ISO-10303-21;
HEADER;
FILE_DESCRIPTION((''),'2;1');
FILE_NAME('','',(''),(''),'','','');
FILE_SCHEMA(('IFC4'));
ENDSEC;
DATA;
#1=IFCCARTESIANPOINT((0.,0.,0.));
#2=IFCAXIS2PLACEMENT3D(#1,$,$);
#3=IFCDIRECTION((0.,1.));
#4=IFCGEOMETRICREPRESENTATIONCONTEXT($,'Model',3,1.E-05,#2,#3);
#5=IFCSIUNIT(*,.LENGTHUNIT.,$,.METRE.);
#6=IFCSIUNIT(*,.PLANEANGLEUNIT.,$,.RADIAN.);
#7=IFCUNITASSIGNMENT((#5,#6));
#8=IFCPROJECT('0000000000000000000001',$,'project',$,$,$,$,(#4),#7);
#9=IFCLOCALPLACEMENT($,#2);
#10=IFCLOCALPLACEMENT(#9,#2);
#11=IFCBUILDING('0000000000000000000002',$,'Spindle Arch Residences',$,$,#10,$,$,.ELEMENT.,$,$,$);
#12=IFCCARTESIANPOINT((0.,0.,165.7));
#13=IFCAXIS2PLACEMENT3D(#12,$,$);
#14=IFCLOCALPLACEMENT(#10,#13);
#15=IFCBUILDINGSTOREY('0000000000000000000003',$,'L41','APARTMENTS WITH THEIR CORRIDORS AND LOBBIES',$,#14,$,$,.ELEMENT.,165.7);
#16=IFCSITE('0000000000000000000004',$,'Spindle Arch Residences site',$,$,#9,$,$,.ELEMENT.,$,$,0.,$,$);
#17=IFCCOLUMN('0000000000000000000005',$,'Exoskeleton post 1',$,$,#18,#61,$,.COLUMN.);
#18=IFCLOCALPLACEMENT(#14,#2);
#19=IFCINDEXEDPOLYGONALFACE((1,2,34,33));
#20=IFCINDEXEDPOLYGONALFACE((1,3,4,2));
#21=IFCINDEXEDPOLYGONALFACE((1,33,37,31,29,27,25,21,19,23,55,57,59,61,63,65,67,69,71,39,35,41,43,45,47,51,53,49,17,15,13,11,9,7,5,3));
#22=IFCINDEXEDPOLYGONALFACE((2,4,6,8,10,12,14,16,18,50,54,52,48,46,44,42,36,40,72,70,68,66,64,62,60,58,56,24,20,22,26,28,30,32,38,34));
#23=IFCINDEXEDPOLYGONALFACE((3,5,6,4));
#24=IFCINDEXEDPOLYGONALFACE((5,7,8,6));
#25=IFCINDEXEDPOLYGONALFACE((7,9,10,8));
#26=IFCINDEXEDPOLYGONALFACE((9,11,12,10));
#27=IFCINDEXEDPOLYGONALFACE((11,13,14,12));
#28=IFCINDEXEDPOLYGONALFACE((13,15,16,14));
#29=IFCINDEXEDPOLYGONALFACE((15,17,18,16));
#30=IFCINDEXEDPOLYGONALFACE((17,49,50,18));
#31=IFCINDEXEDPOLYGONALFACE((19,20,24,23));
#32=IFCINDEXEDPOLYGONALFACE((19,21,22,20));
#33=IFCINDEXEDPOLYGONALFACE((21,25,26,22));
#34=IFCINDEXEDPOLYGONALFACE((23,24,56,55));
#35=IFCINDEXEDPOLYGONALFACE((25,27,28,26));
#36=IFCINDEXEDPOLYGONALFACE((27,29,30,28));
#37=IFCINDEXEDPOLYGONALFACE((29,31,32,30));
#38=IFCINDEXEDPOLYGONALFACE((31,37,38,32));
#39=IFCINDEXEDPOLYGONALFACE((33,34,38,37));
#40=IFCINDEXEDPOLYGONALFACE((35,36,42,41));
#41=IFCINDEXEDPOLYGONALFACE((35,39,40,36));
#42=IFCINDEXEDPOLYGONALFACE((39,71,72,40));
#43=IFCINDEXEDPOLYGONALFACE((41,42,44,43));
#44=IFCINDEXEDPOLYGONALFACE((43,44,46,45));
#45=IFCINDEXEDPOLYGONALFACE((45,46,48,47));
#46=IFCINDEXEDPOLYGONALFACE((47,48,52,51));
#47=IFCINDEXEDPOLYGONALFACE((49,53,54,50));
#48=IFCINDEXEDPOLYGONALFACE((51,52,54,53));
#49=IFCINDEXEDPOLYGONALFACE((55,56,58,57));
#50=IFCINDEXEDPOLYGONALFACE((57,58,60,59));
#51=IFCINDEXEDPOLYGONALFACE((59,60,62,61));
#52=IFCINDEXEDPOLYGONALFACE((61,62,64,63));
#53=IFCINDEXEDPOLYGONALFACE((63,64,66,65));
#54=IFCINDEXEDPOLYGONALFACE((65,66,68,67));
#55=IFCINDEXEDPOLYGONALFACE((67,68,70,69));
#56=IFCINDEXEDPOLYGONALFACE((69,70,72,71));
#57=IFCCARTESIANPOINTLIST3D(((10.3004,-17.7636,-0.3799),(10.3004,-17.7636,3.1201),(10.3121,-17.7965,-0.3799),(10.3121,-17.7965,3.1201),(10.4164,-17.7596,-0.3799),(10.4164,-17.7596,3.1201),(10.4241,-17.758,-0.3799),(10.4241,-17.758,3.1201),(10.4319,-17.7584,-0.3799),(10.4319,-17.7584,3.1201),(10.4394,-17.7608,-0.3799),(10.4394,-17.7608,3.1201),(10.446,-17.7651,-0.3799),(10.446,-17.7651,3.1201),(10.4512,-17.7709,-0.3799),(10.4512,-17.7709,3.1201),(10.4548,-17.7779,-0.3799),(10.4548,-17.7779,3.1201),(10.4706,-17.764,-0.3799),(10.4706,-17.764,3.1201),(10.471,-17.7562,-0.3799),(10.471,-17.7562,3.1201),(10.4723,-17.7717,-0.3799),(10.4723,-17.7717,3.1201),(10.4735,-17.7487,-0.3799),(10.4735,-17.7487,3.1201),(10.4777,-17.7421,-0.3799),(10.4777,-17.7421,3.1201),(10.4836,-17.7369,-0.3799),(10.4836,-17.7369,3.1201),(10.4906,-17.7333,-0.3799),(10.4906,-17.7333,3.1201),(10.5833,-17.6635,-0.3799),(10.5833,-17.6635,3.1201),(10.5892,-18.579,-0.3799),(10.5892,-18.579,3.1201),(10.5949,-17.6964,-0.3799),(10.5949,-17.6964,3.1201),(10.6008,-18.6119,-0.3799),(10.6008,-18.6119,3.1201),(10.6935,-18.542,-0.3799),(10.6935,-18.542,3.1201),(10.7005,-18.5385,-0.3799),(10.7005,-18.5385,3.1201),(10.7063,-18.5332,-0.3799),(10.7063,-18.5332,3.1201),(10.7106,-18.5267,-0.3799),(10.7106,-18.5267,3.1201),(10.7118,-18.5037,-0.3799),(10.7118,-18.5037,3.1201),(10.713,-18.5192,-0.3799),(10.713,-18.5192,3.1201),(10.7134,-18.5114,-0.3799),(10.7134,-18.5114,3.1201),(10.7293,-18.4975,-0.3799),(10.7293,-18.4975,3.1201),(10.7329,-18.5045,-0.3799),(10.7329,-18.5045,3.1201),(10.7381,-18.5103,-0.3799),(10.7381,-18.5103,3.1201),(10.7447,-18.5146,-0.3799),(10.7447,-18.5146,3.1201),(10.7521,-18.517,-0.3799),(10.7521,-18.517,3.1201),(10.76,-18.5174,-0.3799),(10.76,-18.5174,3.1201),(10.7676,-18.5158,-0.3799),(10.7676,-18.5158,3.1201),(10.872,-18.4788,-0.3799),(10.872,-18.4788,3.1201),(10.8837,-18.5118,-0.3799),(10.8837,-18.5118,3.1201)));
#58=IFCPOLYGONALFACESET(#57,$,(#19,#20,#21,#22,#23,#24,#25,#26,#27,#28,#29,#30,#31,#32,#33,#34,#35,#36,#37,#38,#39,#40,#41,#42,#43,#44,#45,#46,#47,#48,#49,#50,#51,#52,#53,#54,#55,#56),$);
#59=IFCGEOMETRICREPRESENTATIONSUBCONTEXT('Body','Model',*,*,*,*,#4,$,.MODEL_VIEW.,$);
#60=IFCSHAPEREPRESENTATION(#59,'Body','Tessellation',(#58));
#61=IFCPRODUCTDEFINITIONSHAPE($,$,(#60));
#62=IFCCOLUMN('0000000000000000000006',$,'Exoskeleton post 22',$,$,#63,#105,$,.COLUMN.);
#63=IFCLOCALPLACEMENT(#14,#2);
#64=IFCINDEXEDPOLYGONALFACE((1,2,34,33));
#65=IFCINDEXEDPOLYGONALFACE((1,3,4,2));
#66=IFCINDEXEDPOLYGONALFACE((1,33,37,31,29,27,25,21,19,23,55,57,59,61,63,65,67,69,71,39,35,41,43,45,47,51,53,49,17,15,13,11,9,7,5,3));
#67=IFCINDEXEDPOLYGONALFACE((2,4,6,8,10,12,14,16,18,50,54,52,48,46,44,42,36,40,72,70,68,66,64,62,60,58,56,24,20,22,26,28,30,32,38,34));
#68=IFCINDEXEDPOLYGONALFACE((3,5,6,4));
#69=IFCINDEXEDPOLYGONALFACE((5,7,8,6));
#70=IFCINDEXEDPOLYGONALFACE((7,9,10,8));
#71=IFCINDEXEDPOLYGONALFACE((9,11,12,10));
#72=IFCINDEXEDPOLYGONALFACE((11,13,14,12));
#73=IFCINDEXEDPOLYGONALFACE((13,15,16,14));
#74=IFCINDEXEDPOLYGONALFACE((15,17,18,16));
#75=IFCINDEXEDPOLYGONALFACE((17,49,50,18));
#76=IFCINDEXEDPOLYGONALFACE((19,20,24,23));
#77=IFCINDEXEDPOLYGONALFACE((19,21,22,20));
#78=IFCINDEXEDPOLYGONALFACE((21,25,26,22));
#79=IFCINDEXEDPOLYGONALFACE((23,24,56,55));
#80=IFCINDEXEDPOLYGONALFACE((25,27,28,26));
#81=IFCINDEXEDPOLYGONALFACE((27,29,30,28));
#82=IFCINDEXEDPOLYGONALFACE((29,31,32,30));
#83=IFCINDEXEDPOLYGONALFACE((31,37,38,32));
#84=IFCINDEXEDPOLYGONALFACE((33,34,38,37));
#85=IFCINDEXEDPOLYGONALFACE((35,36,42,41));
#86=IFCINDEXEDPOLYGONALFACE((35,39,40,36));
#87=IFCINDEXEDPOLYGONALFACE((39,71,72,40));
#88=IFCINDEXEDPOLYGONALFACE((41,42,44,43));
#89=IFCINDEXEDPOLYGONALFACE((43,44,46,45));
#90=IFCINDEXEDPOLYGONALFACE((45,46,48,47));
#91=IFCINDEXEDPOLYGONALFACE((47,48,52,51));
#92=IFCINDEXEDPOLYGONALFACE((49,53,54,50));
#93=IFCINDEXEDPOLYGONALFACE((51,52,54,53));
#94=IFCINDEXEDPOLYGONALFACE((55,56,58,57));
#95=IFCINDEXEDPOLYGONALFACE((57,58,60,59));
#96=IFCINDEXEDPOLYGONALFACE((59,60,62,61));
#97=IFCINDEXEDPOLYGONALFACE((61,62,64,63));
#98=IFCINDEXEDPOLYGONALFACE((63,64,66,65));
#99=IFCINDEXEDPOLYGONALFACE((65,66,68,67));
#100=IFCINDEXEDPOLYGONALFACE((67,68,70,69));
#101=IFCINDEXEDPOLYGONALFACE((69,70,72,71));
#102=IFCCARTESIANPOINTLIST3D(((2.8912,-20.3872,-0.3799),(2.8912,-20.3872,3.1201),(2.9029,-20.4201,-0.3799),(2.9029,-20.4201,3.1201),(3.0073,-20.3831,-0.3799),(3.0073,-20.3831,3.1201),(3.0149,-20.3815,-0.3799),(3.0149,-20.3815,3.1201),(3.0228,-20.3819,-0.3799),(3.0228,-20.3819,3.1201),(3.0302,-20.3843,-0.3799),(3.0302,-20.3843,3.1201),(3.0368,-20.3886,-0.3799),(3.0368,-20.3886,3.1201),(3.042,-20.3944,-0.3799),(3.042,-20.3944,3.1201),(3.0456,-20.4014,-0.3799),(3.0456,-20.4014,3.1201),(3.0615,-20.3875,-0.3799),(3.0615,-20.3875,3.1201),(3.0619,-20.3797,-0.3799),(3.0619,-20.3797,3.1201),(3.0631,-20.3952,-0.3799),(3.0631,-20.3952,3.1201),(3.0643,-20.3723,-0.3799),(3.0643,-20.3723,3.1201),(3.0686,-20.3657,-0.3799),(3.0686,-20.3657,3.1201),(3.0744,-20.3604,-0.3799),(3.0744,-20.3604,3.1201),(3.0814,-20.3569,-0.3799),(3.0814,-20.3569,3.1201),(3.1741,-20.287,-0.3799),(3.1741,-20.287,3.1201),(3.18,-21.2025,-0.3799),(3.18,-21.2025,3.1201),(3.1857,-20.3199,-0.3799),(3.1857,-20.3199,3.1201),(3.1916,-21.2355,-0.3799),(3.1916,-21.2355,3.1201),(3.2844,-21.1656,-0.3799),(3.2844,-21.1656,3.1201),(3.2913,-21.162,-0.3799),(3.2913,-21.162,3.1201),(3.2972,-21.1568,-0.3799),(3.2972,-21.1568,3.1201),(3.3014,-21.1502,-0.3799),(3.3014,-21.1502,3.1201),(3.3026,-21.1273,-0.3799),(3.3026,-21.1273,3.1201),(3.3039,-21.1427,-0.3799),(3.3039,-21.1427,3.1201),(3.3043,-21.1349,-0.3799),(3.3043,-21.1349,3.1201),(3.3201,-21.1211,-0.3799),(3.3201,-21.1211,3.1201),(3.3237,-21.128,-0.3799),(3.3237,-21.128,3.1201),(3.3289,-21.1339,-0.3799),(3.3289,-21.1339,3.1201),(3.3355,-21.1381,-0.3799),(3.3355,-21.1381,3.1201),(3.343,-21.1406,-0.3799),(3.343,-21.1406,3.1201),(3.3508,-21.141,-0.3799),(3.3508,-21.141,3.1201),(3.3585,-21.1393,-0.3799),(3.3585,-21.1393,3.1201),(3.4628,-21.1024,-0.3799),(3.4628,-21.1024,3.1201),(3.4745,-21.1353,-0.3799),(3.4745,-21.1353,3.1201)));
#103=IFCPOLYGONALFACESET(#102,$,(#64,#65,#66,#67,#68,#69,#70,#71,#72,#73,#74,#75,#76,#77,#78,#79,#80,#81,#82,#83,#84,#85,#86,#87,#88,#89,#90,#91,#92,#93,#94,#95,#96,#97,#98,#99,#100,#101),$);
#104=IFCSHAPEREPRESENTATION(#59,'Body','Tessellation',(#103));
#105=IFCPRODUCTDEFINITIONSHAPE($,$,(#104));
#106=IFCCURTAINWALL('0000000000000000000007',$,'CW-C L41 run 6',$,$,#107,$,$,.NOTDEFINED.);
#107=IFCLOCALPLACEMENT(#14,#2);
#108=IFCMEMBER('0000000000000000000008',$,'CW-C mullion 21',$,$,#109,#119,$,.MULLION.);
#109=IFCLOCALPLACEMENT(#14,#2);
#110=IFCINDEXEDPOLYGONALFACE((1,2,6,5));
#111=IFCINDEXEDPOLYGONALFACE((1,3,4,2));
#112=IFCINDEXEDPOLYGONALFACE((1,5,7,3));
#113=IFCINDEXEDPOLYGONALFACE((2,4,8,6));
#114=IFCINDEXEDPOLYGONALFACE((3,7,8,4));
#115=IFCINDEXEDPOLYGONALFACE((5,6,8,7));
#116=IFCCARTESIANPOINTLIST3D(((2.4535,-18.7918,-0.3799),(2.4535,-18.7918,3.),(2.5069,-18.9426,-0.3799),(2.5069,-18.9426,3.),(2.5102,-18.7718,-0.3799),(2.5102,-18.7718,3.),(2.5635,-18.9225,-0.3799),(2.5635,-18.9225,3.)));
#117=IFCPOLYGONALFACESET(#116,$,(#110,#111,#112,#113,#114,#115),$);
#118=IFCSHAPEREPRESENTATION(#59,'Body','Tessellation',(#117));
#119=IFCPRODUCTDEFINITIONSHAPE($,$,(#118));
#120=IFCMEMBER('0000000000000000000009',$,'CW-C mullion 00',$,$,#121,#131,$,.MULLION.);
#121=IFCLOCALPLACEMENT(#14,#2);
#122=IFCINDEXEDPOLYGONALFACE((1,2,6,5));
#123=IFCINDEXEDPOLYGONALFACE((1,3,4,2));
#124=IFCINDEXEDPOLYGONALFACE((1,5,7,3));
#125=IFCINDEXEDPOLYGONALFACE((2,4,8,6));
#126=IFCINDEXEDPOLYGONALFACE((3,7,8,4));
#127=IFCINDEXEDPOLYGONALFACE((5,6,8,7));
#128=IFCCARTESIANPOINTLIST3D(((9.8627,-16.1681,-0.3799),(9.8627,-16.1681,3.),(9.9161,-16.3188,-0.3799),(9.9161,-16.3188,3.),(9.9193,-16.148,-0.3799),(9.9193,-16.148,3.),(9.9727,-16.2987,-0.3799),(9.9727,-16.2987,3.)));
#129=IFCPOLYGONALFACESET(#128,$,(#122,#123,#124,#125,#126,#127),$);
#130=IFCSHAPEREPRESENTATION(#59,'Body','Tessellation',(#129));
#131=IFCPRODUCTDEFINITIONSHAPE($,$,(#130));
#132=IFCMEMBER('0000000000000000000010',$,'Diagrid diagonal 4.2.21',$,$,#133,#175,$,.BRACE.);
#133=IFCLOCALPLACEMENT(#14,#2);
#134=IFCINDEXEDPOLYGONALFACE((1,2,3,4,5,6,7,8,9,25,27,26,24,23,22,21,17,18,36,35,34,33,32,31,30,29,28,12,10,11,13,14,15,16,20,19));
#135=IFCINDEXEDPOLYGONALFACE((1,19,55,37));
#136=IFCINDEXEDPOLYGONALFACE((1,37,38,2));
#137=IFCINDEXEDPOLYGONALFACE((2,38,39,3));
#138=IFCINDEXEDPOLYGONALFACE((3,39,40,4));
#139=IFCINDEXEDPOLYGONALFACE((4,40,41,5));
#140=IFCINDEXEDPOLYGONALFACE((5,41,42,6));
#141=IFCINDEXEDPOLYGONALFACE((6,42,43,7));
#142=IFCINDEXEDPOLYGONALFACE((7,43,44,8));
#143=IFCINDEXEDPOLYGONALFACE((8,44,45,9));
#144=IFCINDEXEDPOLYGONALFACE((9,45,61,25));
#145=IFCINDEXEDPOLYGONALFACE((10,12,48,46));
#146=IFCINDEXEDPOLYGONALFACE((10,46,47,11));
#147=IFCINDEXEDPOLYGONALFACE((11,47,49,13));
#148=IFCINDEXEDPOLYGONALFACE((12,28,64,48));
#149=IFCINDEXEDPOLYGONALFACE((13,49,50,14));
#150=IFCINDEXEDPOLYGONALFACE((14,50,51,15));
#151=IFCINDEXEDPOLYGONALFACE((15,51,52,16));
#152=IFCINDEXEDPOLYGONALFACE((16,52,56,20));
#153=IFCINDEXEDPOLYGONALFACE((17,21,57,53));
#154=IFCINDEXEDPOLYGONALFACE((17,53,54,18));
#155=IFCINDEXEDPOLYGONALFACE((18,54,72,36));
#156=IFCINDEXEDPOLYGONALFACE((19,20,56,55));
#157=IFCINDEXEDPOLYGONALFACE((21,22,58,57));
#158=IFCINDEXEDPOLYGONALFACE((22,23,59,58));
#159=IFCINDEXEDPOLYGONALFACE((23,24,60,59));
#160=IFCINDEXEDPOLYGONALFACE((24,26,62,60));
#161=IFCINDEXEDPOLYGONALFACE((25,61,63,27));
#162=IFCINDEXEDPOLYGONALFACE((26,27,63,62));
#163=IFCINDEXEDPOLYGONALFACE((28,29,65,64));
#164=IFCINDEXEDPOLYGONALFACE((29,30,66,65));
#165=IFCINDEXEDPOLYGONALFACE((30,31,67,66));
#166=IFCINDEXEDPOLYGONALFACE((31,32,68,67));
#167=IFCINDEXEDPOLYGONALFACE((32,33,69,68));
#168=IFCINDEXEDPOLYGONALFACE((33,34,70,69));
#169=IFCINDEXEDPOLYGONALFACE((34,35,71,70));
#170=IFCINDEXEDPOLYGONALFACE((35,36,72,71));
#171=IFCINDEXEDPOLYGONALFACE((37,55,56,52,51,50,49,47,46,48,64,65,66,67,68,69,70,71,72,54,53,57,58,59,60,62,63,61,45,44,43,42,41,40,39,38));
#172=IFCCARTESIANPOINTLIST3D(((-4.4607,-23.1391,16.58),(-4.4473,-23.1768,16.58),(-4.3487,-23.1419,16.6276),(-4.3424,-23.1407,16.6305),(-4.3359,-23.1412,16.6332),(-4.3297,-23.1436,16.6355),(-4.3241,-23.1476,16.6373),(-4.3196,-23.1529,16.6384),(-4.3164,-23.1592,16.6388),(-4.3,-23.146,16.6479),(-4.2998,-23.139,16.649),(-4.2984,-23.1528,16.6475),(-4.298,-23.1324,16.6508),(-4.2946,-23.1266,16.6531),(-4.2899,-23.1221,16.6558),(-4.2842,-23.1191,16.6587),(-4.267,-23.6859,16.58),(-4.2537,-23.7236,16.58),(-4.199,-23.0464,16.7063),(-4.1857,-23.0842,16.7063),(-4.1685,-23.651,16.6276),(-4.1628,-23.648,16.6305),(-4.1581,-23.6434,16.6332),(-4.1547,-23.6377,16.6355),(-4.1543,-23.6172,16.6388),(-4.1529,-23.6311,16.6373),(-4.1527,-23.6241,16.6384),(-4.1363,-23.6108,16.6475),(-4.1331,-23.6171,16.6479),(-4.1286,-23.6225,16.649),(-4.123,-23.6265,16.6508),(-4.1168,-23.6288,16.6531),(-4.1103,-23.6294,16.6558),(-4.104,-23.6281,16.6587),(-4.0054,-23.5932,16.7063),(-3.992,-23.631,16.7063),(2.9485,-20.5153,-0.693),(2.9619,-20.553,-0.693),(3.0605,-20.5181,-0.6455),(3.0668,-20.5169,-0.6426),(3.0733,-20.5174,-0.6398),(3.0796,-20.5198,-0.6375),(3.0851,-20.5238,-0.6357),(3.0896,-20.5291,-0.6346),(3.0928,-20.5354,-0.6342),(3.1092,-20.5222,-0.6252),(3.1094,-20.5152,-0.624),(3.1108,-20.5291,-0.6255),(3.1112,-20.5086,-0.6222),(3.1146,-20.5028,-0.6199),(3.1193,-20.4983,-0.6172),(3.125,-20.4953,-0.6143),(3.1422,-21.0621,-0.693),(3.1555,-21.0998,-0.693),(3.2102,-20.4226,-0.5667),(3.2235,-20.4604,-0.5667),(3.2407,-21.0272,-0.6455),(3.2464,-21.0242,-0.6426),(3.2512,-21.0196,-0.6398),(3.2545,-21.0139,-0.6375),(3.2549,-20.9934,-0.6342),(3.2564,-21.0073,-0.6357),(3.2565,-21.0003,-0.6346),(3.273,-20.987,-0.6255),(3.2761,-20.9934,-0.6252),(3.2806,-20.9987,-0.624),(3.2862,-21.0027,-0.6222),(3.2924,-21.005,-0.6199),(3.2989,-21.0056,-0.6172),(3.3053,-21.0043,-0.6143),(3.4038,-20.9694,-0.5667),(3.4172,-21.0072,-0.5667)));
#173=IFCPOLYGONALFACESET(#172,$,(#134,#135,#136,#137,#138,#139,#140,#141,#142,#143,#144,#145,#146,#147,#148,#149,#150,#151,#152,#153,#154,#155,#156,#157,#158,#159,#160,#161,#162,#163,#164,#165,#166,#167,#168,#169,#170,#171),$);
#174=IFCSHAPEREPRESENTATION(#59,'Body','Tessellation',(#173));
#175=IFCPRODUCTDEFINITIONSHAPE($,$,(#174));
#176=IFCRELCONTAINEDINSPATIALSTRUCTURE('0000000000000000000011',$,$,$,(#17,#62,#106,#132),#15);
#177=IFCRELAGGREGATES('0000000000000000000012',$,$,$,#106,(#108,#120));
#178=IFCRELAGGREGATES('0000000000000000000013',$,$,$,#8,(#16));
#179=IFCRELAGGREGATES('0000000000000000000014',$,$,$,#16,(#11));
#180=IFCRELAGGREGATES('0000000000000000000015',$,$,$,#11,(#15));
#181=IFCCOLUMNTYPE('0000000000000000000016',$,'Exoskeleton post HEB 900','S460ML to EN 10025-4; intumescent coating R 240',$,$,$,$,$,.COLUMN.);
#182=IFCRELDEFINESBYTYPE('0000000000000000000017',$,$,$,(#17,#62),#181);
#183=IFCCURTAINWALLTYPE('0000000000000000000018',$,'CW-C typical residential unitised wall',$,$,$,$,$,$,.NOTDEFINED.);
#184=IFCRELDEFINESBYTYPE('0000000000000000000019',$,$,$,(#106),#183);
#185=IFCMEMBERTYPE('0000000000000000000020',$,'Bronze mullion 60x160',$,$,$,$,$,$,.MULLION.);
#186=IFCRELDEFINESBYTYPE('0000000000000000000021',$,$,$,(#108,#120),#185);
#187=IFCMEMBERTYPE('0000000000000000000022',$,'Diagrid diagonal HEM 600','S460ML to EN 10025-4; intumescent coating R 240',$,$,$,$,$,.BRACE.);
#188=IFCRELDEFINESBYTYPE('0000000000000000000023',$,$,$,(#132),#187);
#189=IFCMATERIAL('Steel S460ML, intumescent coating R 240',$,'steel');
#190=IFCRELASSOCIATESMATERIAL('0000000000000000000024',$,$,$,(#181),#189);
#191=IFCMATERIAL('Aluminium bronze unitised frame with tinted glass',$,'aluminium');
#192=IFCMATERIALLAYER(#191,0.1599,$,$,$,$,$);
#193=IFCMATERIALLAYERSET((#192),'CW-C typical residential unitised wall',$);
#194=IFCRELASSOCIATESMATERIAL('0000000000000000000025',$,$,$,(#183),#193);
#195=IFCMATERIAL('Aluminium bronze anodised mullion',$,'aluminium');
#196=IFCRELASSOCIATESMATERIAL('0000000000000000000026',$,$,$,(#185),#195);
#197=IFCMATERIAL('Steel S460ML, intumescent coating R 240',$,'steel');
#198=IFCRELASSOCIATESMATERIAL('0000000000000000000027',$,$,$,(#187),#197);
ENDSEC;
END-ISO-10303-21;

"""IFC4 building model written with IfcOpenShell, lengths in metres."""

from ifc_helpers import new_model, si_unit, direction, frame, origin, origin_2d, place, context, subcontext, project, spatial, rectangle, i_section, extrude, material, layer, layer_set, material_profile, profile_set, type_object, element, aggregate, save


model = new_model("IFC4")

# Units and contexts
model_context = context("Model", 3, precision=1e-05, world=origin(), true_north=direction((0.0, 1.0)))
body_context = subcontext(model_context, "Body", "Model", "MODEL_VIEW")
ifc_project = project(units=[si_unit("LENGTHUNIT", "METRE"), si_unit("PLANEANGLEUNIT", "RADIAN")], contexts=[model_context])

# Site, building, storey
site_placement = place(None, origin())
site = spatial("IfcSite", under=ifc_project, at=site_placement, Name="Spindle Arch Residences site", CompositionType="ELEMENT", RefElevation=0.0)
building_placement = place(site_placement, origin())
building = spatial("IfcBuilding", under=site, at=building_placement, Name="Spindle Arch Residences", CompositionType="ELEMENT")
storey_placement = place(building_placement, frame((0.0, 0.0, 165.7)))
storey = spatial("IfcBuildingStorey", under=building, at=storey_placement, Name="L41", Description="APARTMENTS WITH THEIR CORRIDORS AND LOBBIES", CompositionType="ELEMENT", Elevation=165.7)

# Columns
ifc_material_1 = material(Name="Steel S460ML, intumescent coating R 240", Category="steel")
ifc_material_profile_1 = material_profile(ifc_material_1, i_section(OverallWidth=0.3, OverallDepth=0.8999, WebThickness=0.0186, FlangeThickness=0.0349, FilletRadius=0.03, at=origin_2d()), Name="HEB 900")
ifc_profile_set_1 = profile_set([ifc_material_profile_1], Name="Steel S460ML, intumescent coating R 240")
column_type = type_object("IfcColumnType", Name="Exoskeleton post HEB 900", Description="S460ML to EN 10025-4; intumescent coating R 240", PredefinedType="COLUMN", material=ifc_profile_set_1)
for number, where, z_axis, x_axis, name in (
    (1, (10.592, -18.1377, -0.3799), (0.0, 0.0, 1.0), (-0.942641, -0.333807, 0.0), "Exoskeleton post 1"),
    (2, (3.1829, -20.7612, -0.3799), (0.0, 0.0, 1.0), (-0.942641, -0.333807, 0.0), "Exoskeleton post 22"),
):
    element("IfcColumn", number, at=place(storey_placement, frame(where, z_axis=z_axis, x_axis=x_axis)), inside=storey, type_object=column_type, Name=name, PredefinedType="COLUMN", context=body_context, shape_type="SweptSolid", body=[
        extrude(i_section(OverallWidth=0.3, OverallDepth=0.8999, WebThickness=0.0186, FlangeThickness=0.0349, FilletRadius=0.03, at=origin_2d()), origin(), (0.0, 0.0, 1.0), 3.5),
    ])

# Curtain wall, members
ifc_material_2 = material(Name="Aluminium bronze unitised frame with tinted glass", Category="aluminium")
ifc_layer_1 = layer(ifc_material_2, 0.1599)
ifc_layer_set_1 = layer_set([ifc_layer_1], Name="CW-C typical residential unitised wall")
curtain_wall_type = type_object("IfcCurtainWallType", Name="CW-C typical residential unitised wall", PredefinedType="NOTDEFINED", material=ifc_layer_set_1)
curtain_wall_placement = place(storey_placement, origin())
curtain_wall = element("IfcCurtainWall", 3, at=curtain_wall_placement, inside=storey, type_object=curtain_wall_type, Name="CW-C L41 run 6", PredefinedType="NOTDEFINED")
ifc_material_3 = material(Name="Aluminium bronze anodised mullion", Category="aluminium")
ifc_material_profile_2 = material_profile(ifc_material_3, rectangle(XDim=0.1599, YDim=0.0601, at=origin_2d()), Name="MU 60x160")
ifc_profile_set_2 = profile_set([ifc_material_profile_2], Name="Aluminium bronze anodised mullion")
member_type_1 = type_object("IfcMemberType", Name="Bronze mullion 60x160", PredefinedType="MULLION", material=ifc_profile_set_2)
member_1_placement = place(storey_placement, frame((2.5085, -18.8572, -0.3799), z_axis=(0.0, 0.0, 1.0), x_axis=(-0.333807, 0.942641, 0.0)))
member_1 = element("IfcMember", 4, at=member_1_placement, type_object=member_type_1, Name="CW-C mullion 21", PredefinedType="MULLION", context=body_context, shape_type="SweptSolid", body=[
    extrude(rectangle(XDim=0.1599, YDim=0.0601, at=origin_2d()), origin(), (0.0, 0.0, 1.0), 3.3799),
])
member_2_placement = place(storey_placement, frame((9.9177, -16.2334, -0.3799), z_axis=(0.0, 0.0, 1.0), x_axis=(-0.333807, 0.942641, 0.0)))
member_2 = element("IfcMember", 5, at=member_2_placement, type_object=member_type_1, Name="CW-C mullion 00", PredefinedType="MULLION", context=body_context, shape_type="SweptSolid", body=[
    extrude(rectangle(XDim=0.1599, YDim=0.0601, at=origin_2d()), origin(), (0.0, 0.0, 1.0), 3.3799),
])

# Member
ifc_material_4 = material(Name="Steel S460ML, intumescent coating R 240", Category="steel")
ifc_material_profile_3 = material_profile(ifc_material_4, i_section(OverallWidth=0.3049, OverallDepth=0.6201, WebThickness=0.021, FlangeThickness=0.04, FilletRadius=0.0271, at=origin_2d()), Name="HEM 600")
ifc_profile_set_3 = profile_set([ifc_material_profile_3], Name="Steel S460ML, intumescent coating R 240")
member_type_2 = type_object("IfcMemberType", Name="Diagrid diagonal HEM 600", Description="S460ML to EN 10025-4; intumescent coating R 240", PredefinedType="BRACE", material=ifc_profile_set_3)
for number, where, z_axis, x_axis, name in (
    (6, (3.1829, -20.7612, -0.6299), (-0.390425, -0.138259, 0.910194), (0.857985, 0.303834, 0.414183), "Diagrid diagonal 4.2.21"),
):
    element("IfcMember", number, at=place(storey_placement, frame(where, z_axis=z_axis, x_axis=x_axis)), inside=storey, type_object=member_type_2, Name=name, PredefinedType="BRACE", context=body_context, shape_type="SweptSolid", body=[
        extrude(i_section(OverallWidth=0.3049, OverallDepth=0.6201, WebThickness=0.021, FlangeThickness=0.04, FilletRadius=0.0271, at=origin_2d()), origin(), (0.0, 0.0, 1.0), 18.9773),
    ])

aggregate(curtain_wall, [member_1, member_2])

save(model, "model.ifc")
